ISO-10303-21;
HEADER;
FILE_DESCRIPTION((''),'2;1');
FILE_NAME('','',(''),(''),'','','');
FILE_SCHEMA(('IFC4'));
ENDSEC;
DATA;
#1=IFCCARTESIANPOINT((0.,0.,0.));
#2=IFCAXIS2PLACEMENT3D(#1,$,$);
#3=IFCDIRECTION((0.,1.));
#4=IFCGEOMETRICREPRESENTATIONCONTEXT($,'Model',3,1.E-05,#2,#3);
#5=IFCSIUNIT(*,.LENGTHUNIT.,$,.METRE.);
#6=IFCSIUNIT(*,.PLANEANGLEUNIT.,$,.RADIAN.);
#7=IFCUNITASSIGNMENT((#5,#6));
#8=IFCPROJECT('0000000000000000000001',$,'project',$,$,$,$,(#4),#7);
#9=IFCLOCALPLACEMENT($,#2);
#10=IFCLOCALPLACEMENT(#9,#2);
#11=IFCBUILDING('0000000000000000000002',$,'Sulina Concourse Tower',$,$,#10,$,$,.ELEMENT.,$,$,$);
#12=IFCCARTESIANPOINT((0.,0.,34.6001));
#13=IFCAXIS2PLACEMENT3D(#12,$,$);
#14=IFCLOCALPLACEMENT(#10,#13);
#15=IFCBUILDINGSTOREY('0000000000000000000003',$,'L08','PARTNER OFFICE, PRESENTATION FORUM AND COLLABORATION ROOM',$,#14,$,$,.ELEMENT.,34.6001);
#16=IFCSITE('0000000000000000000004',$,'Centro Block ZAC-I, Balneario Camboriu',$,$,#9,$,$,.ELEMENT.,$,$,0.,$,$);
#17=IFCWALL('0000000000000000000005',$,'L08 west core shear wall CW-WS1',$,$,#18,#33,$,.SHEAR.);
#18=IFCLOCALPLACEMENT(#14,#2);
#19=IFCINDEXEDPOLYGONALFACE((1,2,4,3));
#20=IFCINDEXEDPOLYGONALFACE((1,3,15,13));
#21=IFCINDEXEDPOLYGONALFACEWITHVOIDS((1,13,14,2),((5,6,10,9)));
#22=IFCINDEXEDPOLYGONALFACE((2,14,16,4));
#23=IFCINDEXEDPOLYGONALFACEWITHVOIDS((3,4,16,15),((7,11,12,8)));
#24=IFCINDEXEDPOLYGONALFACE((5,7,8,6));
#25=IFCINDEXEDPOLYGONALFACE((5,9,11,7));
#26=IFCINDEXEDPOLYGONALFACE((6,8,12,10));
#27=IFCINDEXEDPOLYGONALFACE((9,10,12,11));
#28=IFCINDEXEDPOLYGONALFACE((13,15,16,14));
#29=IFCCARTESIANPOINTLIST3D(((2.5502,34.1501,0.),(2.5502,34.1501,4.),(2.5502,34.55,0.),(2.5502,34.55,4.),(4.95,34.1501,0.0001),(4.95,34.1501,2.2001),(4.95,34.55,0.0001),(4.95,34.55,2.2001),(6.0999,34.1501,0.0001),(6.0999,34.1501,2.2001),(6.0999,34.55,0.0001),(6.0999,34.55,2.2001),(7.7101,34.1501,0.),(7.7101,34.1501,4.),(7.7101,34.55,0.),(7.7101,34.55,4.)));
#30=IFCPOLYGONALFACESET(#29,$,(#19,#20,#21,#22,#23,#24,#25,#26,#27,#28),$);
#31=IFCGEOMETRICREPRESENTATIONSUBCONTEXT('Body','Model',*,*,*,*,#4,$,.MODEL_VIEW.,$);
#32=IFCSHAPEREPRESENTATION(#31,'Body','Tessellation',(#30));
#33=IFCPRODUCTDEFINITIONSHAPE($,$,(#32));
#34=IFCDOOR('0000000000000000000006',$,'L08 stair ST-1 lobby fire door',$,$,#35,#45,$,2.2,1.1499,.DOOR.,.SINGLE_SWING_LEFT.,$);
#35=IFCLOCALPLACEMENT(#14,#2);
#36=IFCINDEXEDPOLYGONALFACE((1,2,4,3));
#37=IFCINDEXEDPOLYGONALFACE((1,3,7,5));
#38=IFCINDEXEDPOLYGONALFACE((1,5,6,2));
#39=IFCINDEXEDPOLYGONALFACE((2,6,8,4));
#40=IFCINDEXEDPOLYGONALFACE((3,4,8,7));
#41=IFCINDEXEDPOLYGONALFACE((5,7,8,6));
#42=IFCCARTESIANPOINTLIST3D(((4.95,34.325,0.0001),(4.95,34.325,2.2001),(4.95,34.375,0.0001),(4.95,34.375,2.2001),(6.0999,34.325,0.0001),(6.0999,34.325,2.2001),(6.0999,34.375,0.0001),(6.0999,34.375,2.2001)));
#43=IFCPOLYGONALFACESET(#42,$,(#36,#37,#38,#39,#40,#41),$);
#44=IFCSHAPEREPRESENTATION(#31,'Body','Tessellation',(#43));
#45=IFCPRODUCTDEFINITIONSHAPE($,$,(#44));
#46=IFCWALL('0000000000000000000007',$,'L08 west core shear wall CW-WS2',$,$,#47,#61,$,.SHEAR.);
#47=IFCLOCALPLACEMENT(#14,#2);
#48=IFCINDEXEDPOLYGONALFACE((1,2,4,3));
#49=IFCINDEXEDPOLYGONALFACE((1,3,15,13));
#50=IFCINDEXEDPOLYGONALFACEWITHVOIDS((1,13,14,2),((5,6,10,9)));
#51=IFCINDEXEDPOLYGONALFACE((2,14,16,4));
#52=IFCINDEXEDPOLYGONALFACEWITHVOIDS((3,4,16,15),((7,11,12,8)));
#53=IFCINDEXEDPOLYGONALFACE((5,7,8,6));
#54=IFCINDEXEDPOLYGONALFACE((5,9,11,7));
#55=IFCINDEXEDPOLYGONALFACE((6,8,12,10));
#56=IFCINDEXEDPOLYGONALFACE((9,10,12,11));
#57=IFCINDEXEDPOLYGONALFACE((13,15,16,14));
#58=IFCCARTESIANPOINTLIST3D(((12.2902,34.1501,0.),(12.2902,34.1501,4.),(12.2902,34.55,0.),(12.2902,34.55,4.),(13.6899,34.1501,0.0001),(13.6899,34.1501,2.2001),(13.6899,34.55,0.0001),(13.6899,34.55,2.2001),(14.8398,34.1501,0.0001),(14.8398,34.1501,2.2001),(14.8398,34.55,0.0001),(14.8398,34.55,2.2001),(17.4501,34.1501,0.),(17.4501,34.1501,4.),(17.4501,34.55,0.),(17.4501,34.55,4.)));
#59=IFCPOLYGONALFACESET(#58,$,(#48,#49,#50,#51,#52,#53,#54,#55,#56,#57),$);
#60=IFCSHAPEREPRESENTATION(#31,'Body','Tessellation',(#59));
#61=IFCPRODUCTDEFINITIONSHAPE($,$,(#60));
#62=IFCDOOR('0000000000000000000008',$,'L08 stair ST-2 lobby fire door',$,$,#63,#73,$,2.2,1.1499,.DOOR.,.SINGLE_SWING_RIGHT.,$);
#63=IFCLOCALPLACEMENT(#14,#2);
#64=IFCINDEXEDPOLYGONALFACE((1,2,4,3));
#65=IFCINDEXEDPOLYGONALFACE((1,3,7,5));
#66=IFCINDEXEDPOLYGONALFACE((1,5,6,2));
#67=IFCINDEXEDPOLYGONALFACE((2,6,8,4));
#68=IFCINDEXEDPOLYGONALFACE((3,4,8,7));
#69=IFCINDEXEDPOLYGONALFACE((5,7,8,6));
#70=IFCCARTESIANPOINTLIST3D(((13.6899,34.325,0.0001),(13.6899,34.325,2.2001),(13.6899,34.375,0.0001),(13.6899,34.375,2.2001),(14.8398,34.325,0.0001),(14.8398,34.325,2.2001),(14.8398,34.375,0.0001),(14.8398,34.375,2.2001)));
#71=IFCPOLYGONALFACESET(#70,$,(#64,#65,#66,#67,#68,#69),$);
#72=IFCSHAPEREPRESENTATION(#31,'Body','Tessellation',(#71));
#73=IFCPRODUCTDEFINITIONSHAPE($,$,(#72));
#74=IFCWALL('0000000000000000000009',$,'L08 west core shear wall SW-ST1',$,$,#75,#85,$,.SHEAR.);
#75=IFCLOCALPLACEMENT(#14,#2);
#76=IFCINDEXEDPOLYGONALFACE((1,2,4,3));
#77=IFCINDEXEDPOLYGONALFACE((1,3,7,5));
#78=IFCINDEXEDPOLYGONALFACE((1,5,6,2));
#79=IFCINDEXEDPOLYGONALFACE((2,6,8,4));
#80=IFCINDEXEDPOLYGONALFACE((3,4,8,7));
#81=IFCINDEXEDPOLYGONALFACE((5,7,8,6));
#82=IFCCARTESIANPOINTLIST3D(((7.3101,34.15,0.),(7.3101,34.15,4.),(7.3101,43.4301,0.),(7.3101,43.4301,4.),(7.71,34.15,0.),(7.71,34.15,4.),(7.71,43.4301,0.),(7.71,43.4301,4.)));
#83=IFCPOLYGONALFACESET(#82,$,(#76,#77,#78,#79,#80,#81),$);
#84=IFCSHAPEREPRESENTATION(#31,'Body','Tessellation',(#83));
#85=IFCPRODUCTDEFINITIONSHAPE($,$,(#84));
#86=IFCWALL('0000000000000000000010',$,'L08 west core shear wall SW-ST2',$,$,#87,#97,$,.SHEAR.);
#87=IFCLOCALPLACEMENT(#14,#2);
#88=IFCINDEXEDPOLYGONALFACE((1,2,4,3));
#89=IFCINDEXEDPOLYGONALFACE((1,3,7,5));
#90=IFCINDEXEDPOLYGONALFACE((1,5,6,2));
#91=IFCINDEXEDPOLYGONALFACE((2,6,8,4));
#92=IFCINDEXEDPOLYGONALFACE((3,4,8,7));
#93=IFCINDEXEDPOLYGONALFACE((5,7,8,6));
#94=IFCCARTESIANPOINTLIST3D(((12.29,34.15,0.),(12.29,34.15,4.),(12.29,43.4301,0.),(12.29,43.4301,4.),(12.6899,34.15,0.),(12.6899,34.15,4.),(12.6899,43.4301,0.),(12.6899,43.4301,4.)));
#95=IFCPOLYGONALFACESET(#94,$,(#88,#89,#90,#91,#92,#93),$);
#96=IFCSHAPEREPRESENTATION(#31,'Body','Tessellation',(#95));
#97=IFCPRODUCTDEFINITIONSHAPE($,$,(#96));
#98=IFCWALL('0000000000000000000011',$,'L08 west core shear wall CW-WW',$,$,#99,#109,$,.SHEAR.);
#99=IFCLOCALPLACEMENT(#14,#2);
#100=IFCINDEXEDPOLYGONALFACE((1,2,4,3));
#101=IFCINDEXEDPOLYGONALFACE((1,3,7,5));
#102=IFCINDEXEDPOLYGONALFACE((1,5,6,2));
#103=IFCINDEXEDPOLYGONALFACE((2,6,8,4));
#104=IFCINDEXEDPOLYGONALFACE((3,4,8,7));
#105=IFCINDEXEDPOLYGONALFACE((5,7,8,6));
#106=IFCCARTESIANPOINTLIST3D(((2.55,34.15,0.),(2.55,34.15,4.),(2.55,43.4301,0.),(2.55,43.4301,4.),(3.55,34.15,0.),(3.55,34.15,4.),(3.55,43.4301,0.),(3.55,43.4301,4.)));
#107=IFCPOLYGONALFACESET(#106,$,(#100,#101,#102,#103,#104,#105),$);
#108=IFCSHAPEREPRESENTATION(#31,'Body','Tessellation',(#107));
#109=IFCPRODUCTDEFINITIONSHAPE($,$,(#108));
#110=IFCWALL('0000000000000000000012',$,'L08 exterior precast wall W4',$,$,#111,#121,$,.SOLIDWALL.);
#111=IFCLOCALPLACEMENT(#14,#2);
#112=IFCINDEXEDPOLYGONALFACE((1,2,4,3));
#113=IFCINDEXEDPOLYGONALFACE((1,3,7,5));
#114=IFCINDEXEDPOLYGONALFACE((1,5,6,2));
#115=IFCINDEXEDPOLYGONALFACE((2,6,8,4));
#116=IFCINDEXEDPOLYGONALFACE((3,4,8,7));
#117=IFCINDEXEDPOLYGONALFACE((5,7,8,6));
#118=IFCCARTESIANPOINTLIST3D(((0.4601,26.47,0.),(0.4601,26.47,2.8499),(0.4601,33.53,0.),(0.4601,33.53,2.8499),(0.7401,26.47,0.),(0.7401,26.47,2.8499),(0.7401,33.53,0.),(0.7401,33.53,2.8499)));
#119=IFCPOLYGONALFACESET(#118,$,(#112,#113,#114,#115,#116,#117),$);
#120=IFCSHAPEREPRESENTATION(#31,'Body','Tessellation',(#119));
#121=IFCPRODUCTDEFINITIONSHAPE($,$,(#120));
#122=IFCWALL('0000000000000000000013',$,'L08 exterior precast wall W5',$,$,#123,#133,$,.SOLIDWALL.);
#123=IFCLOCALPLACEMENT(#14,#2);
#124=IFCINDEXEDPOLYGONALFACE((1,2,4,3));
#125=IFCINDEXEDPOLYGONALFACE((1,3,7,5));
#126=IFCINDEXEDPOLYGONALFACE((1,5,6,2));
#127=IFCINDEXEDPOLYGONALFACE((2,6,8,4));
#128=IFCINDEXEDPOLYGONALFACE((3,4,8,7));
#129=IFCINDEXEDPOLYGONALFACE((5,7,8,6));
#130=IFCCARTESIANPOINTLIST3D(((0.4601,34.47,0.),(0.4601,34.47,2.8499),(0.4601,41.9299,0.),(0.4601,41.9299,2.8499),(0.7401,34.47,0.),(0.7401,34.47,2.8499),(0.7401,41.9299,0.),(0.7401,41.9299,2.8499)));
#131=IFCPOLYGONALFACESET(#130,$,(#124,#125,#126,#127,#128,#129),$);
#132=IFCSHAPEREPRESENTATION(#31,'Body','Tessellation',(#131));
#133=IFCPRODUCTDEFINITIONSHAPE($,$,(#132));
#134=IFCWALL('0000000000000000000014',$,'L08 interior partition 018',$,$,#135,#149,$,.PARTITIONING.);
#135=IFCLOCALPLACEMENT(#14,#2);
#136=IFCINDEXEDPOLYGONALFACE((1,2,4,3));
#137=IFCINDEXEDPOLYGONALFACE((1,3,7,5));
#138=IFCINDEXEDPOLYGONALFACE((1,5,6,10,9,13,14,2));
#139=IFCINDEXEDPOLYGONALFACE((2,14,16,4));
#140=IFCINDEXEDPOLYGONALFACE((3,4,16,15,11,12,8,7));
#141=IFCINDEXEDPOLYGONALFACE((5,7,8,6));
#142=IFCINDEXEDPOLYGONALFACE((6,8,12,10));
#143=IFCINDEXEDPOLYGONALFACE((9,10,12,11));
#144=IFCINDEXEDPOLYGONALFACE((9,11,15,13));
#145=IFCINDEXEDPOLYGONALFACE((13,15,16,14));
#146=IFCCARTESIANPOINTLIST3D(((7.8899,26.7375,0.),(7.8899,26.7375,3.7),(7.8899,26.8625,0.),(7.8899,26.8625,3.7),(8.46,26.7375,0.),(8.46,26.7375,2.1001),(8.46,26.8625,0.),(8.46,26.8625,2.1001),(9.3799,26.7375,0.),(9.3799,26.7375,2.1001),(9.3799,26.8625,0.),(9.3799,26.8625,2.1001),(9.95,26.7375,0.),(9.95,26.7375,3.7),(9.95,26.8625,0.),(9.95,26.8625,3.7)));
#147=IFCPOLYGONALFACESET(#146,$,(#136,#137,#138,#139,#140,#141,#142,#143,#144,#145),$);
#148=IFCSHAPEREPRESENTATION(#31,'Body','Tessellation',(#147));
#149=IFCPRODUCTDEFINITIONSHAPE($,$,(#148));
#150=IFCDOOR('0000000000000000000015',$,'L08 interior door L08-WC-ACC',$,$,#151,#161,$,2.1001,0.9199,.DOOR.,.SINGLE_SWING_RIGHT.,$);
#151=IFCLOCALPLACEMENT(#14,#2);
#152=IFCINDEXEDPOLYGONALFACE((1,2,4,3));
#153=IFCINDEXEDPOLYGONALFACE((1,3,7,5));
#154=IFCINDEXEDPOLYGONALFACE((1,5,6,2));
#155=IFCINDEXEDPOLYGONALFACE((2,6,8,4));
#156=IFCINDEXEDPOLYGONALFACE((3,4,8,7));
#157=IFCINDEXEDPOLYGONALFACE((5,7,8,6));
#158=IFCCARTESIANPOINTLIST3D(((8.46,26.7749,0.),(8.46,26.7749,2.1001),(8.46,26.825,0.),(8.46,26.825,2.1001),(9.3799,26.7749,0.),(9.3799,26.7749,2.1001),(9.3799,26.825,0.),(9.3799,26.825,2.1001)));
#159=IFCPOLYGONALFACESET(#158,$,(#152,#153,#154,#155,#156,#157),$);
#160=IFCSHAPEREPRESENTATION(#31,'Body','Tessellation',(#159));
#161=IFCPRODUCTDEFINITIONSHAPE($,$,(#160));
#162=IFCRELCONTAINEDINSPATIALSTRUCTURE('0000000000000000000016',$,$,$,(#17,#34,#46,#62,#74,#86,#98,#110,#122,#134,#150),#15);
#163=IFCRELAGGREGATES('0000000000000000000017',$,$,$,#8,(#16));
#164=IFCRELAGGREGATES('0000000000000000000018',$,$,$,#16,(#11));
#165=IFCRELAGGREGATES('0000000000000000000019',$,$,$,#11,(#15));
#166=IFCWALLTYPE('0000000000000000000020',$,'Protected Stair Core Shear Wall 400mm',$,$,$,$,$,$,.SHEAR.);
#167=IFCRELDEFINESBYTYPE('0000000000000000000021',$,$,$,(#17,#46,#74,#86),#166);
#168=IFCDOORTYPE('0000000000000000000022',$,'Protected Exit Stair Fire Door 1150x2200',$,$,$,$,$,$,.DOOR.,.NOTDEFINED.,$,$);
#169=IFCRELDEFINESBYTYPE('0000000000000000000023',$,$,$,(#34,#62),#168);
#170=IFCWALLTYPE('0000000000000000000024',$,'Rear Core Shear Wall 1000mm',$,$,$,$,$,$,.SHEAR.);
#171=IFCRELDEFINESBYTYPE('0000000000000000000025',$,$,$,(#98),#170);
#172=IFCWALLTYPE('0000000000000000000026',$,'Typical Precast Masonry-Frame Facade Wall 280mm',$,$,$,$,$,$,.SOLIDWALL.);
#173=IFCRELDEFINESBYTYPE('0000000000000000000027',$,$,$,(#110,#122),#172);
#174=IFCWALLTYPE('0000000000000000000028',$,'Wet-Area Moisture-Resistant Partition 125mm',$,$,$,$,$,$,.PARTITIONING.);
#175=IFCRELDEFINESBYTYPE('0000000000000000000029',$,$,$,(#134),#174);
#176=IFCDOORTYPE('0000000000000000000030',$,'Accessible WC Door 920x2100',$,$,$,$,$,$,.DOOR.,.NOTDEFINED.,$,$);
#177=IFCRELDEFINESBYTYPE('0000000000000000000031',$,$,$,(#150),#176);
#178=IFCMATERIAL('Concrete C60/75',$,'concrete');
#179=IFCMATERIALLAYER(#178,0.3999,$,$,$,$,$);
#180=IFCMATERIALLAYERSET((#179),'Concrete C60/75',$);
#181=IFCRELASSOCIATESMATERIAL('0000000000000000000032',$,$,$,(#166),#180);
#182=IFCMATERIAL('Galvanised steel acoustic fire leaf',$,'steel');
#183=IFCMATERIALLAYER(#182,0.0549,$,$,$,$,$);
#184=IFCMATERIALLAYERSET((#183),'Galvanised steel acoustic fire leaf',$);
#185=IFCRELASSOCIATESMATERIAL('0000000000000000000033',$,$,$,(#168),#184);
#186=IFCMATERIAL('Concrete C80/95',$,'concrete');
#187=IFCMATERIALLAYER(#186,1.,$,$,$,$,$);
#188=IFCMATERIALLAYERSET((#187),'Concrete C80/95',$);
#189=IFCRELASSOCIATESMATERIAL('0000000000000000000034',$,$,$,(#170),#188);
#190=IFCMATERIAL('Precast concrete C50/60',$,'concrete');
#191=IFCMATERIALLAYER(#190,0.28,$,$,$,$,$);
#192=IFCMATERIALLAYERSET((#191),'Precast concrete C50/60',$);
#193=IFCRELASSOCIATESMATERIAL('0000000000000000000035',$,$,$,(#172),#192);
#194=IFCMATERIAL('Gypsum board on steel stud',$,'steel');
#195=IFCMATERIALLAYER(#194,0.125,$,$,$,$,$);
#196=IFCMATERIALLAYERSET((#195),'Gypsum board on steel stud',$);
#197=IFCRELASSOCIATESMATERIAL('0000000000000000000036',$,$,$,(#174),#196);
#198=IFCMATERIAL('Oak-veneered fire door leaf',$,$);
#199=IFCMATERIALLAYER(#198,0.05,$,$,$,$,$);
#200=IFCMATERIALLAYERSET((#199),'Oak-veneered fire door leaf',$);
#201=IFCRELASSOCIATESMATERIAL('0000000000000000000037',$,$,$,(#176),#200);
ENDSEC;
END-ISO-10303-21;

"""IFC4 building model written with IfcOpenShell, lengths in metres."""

from ifc_helpers import new_model, si_unit, direction, frame, frame_2d, origin, place, context, subcontext, project, spatial, rectangle, extrude, material, layer, layer_set, type_object, element, fill, save


model = new_model("IFC4")

# Units and contexts
model_context = context("Model", 3, precision=1e-05, world=origin(), true_north=direction((0.0, 1.0)))
body_context = subcontext(model_context, "Body", "Model", "MODEL_VIEW")
ifc_project = project(units=[si_unit("LENGTHUNIT", "METRE"), si_unit("PLANEANGLEUNIT", "RADIAN")], contexts=[model_context])

# Site, building, storey
site_placement = place(None, origin())
site = spatial("IfcSite", under=ifc_project, at=site_placement, Name="Centro Block ZAC-I, Balneario Camboriu", CompositionType="ELEMENT", RefElevation=0.0)
building_placement = place(site_placement, origin())
building = spatial("IfcBuilding", under=site, at=building_placement, Name="Sulina Concourse Tower", CompositionType="ELEMENT")
storey_placement = place(building_placement, frame((0.0, 0.0, 34.6001)))
storey = spatial("IfcBuildingStorey", under=building, at=storey_placement, Name="L08", Description="PARTNER OFFICE, PRESENTATION FORUM AND COLLABORATION ROOM", CompositionType="ELEMENT", Elevation=34.6001)

# Walls, openings, doors
ifc_material_1 = material(Name="Concrete C60/75", Category="concrete")
ifc_layer_1 = layer(ifc_material_1, 0.3999)
ifc_layer_set_1 = layer_set([ifc_layer_1], Name="Concrete C60/75")
wall_type_1 = type_object("IfcWallType", Name="Protected Stair Core Shear Wall 400mm", PredefinedType="SHEAR", material=ifc_layer_set_1)
wall_1_placement = place(storey_placement, frame((2.55, 34.3501, 0.0), z_axis=(0.0, 0.0, 1.0), x_axis=(1.0, 0.0, 0.0)))
wall_1 = element("IfcWall", 1, at=wall_1_placement, inside=storey, type_object=wall_type_1, Name="L08 west core shear wall CW-WS1", PredefinedType="SHEAR", context=body_context, shape_type="SweptSolid", body=[
    extrude(rectangle(XDim=5.1599, YDim=0.3999, at=frame_2d((2.5801, 0.0))), origin(), (0.0, 0.0, 1.0), 4.0),
])
opening_1_placement = place(wall_1_placement, frame((2.3999, 0.0, 0.0)))
opening_1 = element("IfcOpeningElement", 2, at=opening_1_placement, cuts=wall_1, PredefinedType="OPENING", context=body_context, shape_type="SweptSolid", body=[
    extrude(rectangle(XDim=1.1499, YDim=2.2, at=frame_2d((0.575, 1.1001))), frame((0.0, 0.21, 0.0), z_axis=(0.0, -1.0, 0.0), x_axis=(1.0, 0.0, 0.0)), (0.0, 0.0, 1.0), 0.4199),
])
ifc_material_2 = material(Name="Galvanised steel acoustic fire leaf", Category="steel")
ifc_layer_2 = layer(ifc_material_2, 0.0549)
ifc_layer_set_2 = layer_set([ifc_layer_2], Name="Galvanised steel acoustic fire leaf")
door_type_1 = type_object("IfcDoorType", Name="Protected Exit Stair Fire Door 1150x2200", OperationType="NOTDEFINED", PredefinedType="DOOR", material=ifc_layer_set_2)
door_1_placement = place(opening_1_placement, origin())
door_1 = element("IfcDoor", 3, at=door_1_placement, inside=storey, type_object=door_type_1, Name="L08 stair ST-1 lobby fire door", OperationType="SINGLE_SWING_LEFT", OverallHeight=2.2, OverallWidth=1.1499, PredefinedType="DOOR", context=body_context, shape_type="SweptSolid", body=[
    extrude(rectangle(XDim=1.1499, YDim=2.2, at=frame_2d((0.575, 1.1001))), frame((0.0, 0.0249, 0.0), z_axis=(0.0, -1.0, 0.0), x_axis=(1.0, 0.0, 0.0)), (0.0, 0.0, 1.0), 0.05),
])
fill(opening_1, door_1)
wall_2_placement = place(storey_placement, frame((12.29, 34.3501, 0.0), z_axis=(0.0, 0.0, 1.0), x_axis=(1.0, 0.0, 0.0)))
wall_2 = element("IfcWall", 4, at=wall_2_placement, inside=storey, type_object=wall_type_1, Name="L08 west core shear wall CW-WS2", PredefinedType="SHEAR", context=body_context, shape_type="SweptSolid", body=[
    extrude(rectangle(XDim=5.1599, YDim=0.3999, at=frame_2d((2.5801, 0.0))), origin(), (0.0, 0.0, 1.0), 4.0),
])
opening_2_placement = place(wall_2_placement, frame((1.3999, 0.0, 0.0)))
opening_2 = element("IfcOpeningElement", 5, at=opening_2_placement, cuts=wall_2, PredefinedType="OPENING", context=body_context, shape_type="SweptSolid", body=[
    extrude(rectangle(XDim=1.1499, YDim=2.2, at=frame_2d((0.575, 1.1001))), frame((0.0, 0.21, 0.0), z_axis=(0.0, -1.0, 0.0), x_axis=(1.0, 0.0, 0.0)), (0.0, 0.0, 1.0), 0.4199),
])
door_2_placement = place(opening_2_placement, origin())
door_2 = element("IfcDoor", 6, at=door_2_placement, inside=storey, type_object=door_type_1, Name="L08 stair ST-2 lobby fire door", OperationType="SINGLE_SWING_RIGHT", OverallHeight=2.2, OverallWidth=1.1499, PredefinedType="DOOR", context=body_context, shape_type="SweptSolid", body=[
    extrude(rectangle(XDim=1.1499, YDim=2.2, at=frame_2d((0.575, 1.1001))), frame((0.0, 0.0249, 0.0), z_axis=(0.0, -1.0, 0.0), x_axis=(1.0, 0.0, 0.0)), (0.0, 0.0, 1.0), 0.05),
])
fill(opening_2, door_2)

# Walls
for number, where, z_axis, x_axis, name in (
    (7, (7.51, 34.1499, 0.0), (0.0, 0.0, 1.0), (0.0, 1.0, 0.0), "L08 west core shear wall SW-ST1"),
    (8, (12.49, 34.1499, 0.0), (0.0, 0.0, 1.0), (0.0, 1.0, 0.0), "L08 west core shear wall SW-ST2"),
):
    element("IfcWall", number, at=place(storey_placement, frame(where, z_axis=z_axis, x_axis=x_axis)), inside=storey, type_object=wall_type_1, Name=name, PredefinedType="SHEAR", context=body_context, shape_type="SweptSolid", body=[
        extrude(rectangle(XDim=9.28, YDim=0.3999, at=frame_2d((4.6401, 0.0))), origin(), (0.0, 0.0, 1.0), 4.0),
    ])
ifc_material_3 = material(Name="Concrete C80/95", Category="concrete")
ifc_layer_3 = layer(ifc_material_3, 1.0)
ifc_layer_set_3 = layer_set([ifc_layer_3], Name="Concrete C80/95")
wall_type_2 = type_object("IfcWallType", Name="Rear Core Shear Wall 1000mm", PredefinedType="SHEAR", material=ifc_layer_set_3)
wall_3_placement = place(storey_placement, frame((3.05, 34.1499, 0.0), z_axis=(0.0, 0.0, 1.0), x_axis=(0.0, 1.0, 0.0)))
element("IfcWall", 9, at=wall_3_placement, inside=storey, type_object=wall_type_2, Name="L08 west core shear wall CW-WW", PredefinedType="SHEAR", context=body_context, shape_type="SweptSolid", body=[
    extrude(rectangle(XDim=9.28, YDim=1.0, at=frame_2d((4.6401, 0.0))), origin(), (0.0, 0.0, 1.0), 4.0),
])
ifc_material_4 = material(Name="Precast concrete C50/60", Category="concrete")
ifc_layer_4 = layer(ifc_material_4, 0.28)
ifc_layer_set_4 = layer_set([ifc_layer_4], Name="Precast concrete C50/60")
wall_type_3 = type_object("IfcWallType", Name="Typical Precast Masonry-Frame Facade Wall 280mm", PredefinedType="SOLIDWALL", material=ifc_layer_set_4)
wall_4_placement = place(storey_placement, frame((0.6001, 26.47, 0.0), z_axis=(0.0, 0.0, 1.0), x_axis=(0.0, 1.0, 0.0)))
element("IfcWall", 10, at=wall_4_placement, inside=storey, type_object=wall_type_3, Name="L08 exterior precast wall W4", PredefinedType="SOLIDWALL", context=body_context, shape_type="SweptSolid", body=[
    extrude(rectangle(XDim=7.0601, YDim=0.28, at=frame_2d((3.53, 0.0))), origin(), (0.0, 0.0, 1.0), 2.8499),
])
wall_5_placement = place(storey_placement, frame((0.6001, 34.47, 0.0), z_axis=(0.0, 0.0, 1.0), x_axis=(0.0, 1.0, 0.0)))
element("IfcWall", 11, at=wall_5_placement, inside=storey, type_object=wall_type_3, Name="L08 exterior precast wall W5", PredefinedType="SOLIDWALL", context=body_context, shape_type="SweptSolid", body=[
    extrude(rectangle(XDim=7.46, YDim=0.28, at=frame_2d((3.73, 0.0))), origin(), (0.0, 0.0, 1.0), 2.8499),
])

# Wall, opening, door
ifc_material_5 = material(Name="Gypsum board on steel stud", Category="steel")
ifc_layer_5 = layer(ifc_material_5, 0.125)
ifc_layer_set_5 = layer_set([ifc_layer_5], Name="Gypsum board on steel stud")
wall_type_4 = type_object("IfcWallType", Name="Wet-Area Moisture-Resistant Partition 125mm", PredefinedType="PARTITIONING", material=ifc_layer_set_5)
wall_6_placement = place(storey_placement, frame((7.8899, 26.8, 0.0), z_axis=(0.0, 0.0, 1.0), x_axis=(1.0, 0.0, 0.0)))
wall_6 = element("IfcWall", 12, at=wall_6_placement, inside=storey, type_object=wall_type_4, Name="L08 interior partition 018", PredefinedType="PARTITIONING", context=body_context, shape_type="SweptSolid", body=[
    extrude(rectangle(XDim=2.0601, YDim=0.125, at=frame_2d((1.03, 0.0))), origin(), (0.0, 0.0, 1.0), 3.7),
])
opening_3_placement = place(wall_6_placement, frame((0.5701, 0.0, 0.0)))
opening_3 = element("IfcOpeningElement", 13, at=opening_3_placement, cuts=wall_6, PredefinedType="OPENING", context=body_context, shape_type="SweptSolid", body=[
    extrude(rectangle(XDim=0.9199, YDim=2.1001, at=frame_2d((0.46, 1.05))), frame((0.0, 0.0725, 0.0), z_axis=(0.0, -1.0, 0.0), x_axis=(1.0, 0.0, 0.0)), (0.0, 0.0, 1.0), 0.145),
])
ifc_material_6 = material(Name="Oak-veneered fire door leaf")
ifc_layer_6 = layer(ifc_material_6, 0.05)
ifc_layer_set_6 = layer_set([ifc_layer_6], Name="Oak-veneered fire door leaf")
door_type_2 = type_object("IfcDoorType", Name="Accessible WC Door 920x2100", OperationType="NOTDEFINED", PredefinedType="DOOR", material=ifc_layer_set_6)
door_3_placement = place(opening_3_placement, origin())
door_3 = element("IfcDoor", 14, at=door_3_placement, inside=storey, type_object=door_type_2, Name="L08 interior door L08-WC-ACC", OperationType="SINGLE_SWING_RIGHT", OverallHeight=2.1001, OverallWidth=0.9199, PredefinedType="DOOR", context=body_context, shape_type="SweptSolid", body=[
    extrude(rectangle(XDim=0.9199, YDim=2.1001, at=frame_2d((0.46, 1.05))), frame((0.0, 0.0249, 0.0), z_axis=(0.0, -1.0, 0.0), x_axis=(1.0, 0.0, 0.0)), (0.0, 0.0, 1.0), 0.05),
])
fill(opening_3, door_3)

save(model, "model.ifc")
